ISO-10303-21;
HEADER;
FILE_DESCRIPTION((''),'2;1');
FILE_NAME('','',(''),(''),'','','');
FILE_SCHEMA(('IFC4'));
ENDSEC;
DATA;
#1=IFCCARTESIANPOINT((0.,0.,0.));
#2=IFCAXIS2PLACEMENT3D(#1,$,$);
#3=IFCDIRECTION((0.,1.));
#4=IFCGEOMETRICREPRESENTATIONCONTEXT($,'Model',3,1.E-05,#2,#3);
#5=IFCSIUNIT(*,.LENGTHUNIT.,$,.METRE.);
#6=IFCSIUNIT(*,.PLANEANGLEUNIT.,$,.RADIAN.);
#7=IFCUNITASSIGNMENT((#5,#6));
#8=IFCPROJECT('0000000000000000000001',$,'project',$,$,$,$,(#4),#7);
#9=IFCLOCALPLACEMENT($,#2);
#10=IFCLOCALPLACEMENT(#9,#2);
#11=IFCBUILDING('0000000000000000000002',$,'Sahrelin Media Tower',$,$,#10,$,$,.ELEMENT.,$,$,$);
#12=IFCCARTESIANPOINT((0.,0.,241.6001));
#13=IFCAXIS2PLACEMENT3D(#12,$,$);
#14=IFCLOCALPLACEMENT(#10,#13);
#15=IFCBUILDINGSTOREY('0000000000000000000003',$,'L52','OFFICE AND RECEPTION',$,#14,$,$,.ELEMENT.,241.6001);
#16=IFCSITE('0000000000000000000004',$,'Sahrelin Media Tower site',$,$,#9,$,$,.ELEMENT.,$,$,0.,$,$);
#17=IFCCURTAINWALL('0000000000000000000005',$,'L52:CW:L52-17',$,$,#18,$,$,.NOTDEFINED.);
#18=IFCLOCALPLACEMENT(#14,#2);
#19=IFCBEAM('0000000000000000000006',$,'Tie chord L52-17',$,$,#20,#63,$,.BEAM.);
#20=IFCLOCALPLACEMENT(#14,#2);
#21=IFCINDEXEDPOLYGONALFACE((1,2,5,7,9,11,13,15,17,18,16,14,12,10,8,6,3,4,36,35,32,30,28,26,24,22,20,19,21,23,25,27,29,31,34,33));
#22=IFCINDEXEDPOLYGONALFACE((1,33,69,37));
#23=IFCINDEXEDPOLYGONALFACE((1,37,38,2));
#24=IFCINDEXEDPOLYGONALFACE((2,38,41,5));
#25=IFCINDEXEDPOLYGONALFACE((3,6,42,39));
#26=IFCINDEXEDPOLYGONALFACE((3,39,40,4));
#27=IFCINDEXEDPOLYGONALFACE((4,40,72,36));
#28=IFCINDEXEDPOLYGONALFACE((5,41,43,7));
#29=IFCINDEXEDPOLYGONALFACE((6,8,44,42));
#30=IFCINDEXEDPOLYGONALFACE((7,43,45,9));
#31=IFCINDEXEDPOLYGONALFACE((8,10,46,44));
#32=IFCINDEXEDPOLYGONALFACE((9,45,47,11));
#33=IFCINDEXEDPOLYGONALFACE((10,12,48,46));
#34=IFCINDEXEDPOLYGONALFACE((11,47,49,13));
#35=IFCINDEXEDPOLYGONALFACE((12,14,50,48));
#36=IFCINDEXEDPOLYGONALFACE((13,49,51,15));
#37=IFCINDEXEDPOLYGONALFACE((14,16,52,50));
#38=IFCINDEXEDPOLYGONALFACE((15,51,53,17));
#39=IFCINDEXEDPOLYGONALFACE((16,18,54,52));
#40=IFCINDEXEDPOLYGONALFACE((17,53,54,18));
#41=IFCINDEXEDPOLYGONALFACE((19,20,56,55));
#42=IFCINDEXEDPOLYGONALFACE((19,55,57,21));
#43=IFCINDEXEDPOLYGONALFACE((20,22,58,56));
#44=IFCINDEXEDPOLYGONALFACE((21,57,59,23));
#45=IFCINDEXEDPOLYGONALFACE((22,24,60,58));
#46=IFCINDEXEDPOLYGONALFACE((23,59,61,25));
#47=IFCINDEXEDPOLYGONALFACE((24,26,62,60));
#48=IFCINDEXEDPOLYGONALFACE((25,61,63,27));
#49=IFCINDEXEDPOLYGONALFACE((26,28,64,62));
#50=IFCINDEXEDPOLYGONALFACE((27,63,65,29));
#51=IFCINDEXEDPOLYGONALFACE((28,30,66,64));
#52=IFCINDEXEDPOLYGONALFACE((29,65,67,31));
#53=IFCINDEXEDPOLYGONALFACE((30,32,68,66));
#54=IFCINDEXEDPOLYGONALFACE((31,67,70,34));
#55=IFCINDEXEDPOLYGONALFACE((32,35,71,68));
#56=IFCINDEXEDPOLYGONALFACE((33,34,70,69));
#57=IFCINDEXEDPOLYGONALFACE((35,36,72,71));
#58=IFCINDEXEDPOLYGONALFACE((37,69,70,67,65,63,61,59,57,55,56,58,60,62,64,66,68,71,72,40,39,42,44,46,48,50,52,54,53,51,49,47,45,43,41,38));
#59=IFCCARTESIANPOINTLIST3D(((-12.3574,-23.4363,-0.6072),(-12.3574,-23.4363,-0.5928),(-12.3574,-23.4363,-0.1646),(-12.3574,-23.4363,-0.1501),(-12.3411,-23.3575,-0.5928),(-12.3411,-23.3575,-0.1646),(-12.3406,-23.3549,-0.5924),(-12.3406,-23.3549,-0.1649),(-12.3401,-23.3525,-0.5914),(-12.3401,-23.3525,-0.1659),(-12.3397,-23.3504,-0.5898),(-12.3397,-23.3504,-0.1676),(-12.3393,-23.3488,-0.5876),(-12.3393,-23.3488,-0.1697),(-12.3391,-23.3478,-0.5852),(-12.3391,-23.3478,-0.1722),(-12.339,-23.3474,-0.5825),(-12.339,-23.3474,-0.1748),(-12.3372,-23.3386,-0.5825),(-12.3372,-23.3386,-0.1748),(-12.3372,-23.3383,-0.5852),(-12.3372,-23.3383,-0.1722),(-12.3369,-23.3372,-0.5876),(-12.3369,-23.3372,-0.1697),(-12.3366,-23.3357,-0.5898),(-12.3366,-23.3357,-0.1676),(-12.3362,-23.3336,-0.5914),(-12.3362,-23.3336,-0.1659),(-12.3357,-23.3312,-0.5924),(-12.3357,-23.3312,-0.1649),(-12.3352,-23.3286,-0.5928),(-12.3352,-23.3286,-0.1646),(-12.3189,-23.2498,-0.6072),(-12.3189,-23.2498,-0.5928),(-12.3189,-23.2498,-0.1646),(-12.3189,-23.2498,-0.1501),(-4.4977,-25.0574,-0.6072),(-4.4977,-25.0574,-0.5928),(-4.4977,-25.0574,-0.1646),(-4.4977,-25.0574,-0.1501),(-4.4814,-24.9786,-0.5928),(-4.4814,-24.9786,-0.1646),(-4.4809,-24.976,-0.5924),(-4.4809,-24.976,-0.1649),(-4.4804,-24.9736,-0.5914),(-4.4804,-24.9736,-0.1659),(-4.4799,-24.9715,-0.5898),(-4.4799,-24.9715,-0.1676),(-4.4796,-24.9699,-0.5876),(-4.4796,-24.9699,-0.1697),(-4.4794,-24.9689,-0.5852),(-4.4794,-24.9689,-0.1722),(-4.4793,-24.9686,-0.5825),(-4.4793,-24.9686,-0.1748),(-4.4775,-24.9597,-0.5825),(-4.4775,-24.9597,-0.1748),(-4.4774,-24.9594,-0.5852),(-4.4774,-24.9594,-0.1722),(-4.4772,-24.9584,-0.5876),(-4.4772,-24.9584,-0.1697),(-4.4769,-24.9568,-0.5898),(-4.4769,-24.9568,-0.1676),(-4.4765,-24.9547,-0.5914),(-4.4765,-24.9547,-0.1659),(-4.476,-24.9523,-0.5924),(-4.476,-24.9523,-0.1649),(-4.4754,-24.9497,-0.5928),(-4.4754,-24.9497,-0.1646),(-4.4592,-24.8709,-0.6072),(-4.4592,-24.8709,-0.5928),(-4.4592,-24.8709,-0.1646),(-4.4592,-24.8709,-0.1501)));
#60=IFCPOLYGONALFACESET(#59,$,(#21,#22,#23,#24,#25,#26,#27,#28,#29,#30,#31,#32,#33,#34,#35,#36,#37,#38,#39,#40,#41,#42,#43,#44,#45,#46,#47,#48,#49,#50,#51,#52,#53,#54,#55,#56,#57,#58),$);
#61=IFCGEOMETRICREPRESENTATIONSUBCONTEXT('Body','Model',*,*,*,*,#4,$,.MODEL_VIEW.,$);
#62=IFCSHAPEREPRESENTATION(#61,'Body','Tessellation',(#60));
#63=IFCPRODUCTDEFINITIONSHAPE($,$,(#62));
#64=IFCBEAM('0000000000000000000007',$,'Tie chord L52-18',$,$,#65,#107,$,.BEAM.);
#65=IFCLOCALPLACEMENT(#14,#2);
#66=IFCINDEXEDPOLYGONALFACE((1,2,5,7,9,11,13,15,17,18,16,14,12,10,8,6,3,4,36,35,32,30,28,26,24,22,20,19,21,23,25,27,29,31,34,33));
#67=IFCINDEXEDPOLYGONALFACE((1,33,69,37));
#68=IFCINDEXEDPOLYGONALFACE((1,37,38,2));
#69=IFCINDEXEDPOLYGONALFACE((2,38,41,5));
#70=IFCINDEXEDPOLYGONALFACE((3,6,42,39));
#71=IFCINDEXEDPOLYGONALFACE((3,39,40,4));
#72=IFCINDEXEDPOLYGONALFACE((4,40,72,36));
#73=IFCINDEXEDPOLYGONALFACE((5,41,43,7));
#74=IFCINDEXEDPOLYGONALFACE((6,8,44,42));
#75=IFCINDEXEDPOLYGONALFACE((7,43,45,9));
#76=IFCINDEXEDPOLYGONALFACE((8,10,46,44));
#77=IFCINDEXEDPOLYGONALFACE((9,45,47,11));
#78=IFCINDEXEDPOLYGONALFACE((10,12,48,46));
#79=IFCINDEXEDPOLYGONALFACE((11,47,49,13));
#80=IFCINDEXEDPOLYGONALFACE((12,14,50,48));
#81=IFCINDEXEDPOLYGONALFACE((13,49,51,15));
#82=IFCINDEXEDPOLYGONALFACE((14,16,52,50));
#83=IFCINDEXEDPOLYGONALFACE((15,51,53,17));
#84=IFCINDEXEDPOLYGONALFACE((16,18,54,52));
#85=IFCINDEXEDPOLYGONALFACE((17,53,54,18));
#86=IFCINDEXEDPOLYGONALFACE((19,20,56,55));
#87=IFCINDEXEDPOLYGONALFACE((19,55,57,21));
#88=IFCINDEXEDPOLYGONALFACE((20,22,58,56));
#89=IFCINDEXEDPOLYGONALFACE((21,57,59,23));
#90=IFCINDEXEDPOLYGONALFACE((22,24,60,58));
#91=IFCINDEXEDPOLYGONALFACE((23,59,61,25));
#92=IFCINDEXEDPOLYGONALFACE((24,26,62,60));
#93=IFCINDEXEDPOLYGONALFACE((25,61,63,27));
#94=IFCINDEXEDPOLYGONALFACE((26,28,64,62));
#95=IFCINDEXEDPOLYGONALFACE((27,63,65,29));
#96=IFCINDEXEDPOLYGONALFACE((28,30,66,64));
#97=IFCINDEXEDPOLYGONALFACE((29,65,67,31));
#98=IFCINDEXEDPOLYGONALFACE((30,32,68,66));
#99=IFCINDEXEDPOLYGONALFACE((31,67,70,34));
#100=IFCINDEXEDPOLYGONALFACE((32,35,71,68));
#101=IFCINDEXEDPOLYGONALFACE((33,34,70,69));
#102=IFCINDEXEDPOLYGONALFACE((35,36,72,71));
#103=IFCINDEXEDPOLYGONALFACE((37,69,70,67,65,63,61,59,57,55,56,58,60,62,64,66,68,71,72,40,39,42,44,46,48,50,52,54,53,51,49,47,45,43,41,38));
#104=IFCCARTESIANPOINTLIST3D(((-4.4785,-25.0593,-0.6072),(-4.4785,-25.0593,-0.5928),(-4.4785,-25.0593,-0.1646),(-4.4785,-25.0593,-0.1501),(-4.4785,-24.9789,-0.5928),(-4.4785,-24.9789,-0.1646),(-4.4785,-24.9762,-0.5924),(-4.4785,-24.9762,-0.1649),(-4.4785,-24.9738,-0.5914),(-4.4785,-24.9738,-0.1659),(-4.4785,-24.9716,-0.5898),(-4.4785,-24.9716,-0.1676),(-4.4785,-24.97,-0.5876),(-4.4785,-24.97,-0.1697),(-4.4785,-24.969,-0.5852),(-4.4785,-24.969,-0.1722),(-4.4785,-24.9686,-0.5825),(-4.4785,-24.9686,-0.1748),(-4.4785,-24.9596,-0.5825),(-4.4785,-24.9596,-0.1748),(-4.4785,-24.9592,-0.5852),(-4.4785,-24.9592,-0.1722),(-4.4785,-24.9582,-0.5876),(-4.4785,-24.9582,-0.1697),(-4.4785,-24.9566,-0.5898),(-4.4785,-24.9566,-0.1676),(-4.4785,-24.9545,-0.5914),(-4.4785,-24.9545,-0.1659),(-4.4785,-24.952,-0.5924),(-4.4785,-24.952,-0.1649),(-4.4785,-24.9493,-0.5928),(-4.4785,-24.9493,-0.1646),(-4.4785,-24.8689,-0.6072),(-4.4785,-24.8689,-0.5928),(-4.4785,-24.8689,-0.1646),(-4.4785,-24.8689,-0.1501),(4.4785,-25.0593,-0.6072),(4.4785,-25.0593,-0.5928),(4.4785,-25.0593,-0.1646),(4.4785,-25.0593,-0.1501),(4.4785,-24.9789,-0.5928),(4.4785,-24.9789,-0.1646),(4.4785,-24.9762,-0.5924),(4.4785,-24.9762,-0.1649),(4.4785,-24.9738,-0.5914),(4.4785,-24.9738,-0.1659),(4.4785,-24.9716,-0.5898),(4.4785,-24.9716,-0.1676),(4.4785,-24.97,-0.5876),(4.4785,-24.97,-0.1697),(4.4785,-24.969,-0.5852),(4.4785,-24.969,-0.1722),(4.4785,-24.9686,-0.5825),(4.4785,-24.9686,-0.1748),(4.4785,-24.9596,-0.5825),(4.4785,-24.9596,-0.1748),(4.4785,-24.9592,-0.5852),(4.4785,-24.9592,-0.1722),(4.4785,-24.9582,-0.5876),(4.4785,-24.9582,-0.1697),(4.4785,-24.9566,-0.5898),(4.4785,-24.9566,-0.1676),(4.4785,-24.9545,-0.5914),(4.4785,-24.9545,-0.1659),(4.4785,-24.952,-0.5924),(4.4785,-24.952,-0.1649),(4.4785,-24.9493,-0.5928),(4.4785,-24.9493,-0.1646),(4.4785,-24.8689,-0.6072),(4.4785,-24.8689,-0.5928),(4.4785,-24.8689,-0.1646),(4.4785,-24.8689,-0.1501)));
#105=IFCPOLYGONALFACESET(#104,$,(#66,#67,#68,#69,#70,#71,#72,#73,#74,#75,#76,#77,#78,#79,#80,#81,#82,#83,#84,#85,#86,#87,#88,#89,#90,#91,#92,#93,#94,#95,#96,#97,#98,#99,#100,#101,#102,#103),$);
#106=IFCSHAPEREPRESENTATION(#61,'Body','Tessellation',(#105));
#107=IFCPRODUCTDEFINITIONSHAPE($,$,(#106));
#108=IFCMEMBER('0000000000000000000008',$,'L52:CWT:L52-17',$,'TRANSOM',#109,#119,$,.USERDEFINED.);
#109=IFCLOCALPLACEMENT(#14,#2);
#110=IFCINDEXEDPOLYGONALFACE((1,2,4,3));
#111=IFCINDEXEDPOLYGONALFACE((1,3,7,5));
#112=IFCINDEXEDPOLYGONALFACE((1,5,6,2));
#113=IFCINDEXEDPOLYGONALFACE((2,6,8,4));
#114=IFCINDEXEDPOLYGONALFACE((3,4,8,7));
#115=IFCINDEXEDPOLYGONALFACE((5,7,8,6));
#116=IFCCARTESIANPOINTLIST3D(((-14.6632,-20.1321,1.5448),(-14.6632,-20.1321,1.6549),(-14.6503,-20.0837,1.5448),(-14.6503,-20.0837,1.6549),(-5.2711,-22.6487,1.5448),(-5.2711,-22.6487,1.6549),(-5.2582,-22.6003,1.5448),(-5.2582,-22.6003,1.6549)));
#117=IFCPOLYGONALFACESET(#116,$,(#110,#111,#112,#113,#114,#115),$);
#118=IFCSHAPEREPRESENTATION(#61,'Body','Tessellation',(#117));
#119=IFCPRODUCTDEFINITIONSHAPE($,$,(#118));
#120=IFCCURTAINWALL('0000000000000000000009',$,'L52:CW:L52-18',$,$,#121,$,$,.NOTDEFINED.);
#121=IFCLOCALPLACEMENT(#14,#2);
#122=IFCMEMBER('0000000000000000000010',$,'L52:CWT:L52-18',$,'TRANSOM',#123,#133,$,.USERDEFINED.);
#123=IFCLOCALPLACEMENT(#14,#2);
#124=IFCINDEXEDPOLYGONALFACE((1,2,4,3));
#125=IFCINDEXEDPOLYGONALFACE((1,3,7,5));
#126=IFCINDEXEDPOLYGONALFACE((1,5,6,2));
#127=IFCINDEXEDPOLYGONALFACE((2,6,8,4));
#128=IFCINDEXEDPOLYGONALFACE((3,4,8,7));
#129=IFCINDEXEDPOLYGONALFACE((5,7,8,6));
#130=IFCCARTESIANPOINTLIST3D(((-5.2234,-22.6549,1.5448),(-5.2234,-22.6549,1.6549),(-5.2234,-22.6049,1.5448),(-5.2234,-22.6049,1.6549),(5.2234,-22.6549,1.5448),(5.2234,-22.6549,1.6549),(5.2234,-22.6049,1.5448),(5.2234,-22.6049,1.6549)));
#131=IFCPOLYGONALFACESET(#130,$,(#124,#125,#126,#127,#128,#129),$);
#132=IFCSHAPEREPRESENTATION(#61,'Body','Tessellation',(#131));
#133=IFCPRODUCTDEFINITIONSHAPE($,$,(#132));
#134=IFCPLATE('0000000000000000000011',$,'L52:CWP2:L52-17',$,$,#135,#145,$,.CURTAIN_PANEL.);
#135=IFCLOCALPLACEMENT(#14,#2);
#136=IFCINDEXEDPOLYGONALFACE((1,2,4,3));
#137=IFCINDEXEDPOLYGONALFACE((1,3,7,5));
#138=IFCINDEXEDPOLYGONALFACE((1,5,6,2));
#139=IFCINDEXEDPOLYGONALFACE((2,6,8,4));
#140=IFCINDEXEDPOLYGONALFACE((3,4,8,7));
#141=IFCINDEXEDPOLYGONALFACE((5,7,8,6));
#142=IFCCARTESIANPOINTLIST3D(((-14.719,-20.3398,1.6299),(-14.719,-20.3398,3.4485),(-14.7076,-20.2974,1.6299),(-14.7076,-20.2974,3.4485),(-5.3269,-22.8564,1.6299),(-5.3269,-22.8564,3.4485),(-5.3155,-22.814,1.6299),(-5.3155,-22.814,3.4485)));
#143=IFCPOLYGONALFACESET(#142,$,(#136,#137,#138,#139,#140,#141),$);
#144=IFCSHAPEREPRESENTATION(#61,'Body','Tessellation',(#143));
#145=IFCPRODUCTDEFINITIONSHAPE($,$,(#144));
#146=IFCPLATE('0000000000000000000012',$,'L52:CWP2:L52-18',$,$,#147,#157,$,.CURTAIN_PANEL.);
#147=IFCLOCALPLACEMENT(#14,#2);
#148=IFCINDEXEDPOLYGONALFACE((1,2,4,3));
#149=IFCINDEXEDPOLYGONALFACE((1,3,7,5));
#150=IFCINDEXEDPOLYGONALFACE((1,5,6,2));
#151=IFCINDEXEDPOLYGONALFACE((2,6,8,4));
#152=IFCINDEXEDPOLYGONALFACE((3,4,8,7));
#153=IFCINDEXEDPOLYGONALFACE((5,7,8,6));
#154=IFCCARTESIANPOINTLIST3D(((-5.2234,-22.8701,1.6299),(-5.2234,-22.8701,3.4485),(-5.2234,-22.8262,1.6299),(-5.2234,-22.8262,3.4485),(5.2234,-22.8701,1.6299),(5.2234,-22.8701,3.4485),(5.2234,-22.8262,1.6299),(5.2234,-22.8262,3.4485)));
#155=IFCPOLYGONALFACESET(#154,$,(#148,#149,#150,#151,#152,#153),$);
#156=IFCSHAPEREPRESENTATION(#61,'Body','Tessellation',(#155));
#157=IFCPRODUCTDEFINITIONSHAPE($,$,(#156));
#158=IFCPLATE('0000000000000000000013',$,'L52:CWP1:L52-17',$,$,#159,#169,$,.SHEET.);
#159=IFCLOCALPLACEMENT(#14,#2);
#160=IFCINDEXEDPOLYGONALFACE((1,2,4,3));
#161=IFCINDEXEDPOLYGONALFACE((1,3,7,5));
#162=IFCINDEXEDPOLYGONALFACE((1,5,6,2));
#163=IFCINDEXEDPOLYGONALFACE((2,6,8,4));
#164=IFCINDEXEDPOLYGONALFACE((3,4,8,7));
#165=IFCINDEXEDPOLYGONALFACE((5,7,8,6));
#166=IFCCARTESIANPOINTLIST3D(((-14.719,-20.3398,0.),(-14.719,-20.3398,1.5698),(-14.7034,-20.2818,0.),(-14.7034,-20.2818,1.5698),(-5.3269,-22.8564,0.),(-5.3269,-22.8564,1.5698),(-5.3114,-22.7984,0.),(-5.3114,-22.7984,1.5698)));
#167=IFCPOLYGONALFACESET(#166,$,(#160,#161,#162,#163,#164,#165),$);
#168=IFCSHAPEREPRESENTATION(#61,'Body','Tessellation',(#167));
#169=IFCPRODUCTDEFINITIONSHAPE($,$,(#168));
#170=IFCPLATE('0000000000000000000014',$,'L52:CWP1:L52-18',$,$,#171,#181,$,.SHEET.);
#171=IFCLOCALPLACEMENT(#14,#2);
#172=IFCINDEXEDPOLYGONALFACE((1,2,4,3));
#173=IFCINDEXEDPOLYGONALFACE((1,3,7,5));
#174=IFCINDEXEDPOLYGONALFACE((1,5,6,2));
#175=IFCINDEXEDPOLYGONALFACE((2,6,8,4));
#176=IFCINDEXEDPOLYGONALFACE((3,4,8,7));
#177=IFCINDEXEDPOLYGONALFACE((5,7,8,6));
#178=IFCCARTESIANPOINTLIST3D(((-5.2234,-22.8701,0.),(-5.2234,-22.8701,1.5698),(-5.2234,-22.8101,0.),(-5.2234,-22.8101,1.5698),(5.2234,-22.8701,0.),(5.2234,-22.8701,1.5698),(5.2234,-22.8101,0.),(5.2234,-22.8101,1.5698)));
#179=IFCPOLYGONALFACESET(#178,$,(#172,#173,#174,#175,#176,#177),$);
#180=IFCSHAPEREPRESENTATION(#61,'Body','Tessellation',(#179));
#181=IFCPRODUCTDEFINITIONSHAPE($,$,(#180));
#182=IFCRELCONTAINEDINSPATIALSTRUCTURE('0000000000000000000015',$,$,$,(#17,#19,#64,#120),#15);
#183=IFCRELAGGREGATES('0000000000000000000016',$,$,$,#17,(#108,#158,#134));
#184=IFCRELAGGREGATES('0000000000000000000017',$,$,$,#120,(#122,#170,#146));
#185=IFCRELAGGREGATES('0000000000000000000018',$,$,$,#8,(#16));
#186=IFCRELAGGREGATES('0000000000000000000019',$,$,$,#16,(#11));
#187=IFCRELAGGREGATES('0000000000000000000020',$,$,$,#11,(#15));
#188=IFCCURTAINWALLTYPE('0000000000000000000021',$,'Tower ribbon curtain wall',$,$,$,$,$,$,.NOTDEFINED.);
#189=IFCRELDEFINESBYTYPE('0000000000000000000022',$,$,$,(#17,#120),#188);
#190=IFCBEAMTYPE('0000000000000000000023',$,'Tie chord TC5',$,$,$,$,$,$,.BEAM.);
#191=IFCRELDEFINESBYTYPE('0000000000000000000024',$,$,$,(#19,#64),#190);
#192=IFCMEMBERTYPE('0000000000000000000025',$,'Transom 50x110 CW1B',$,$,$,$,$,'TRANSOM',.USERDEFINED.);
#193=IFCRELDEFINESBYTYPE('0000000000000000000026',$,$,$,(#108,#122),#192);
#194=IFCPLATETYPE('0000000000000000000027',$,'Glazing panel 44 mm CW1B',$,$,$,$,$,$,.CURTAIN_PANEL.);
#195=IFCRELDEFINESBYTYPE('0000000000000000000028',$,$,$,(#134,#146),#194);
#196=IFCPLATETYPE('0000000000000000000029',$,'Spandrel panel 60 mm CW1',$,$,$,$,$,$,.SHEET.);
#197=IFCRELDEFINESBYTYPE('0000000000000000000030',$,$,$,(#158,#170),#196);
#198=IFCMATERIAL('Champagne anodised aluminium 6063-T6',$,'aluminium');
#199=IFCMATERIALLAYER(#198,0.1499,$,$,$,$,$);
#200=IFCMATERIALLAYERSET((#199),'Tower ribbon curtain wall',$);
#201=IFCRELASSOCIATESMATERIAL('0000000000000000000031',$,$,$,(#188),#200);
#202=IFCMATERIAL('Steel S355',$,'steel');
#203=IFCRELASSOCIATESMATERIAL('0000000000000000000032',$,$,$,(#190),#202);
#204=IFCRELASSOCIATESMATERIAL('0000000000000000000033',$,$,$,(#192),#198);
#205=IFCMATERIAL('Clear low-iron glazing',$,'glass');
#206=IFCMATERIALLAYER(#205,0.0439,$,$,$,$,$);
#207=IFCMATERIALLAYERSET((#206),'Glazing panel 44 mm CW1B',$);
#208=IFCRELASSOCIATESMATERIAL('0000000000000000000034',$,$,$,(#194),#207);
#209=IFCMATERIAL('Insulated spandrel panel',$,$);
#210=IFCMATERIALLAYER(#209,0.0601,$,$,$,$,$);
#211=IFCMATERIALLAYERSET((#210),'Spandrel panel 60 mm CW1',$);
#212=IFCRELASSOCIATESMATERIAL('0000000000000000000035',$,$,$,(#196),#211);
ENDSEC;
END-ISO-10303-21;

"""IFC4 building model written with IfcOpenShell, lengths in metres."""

from ifc_helpers import new_model, si_unit, direction, frame, origin, origin_2d, place, context, subcontext, project, spatial, polyline, rectangle, i_section, outline, extrude, material, layer, layer_set, material_profile, profile_set, type_object, element, aggregate, save


model = new_model("IFC4")

# Units and contexts
model_context = context("Model", 3, precision=1e-05, world=origin(), true_north=direction((0.0, 1.0)))
body_context = subcontext(model_context, "Body", "Model", "MODEL_VIEW")
ifc_project = project(units=[si_unit("LENGTHUNIT", "METRE"), si_unit("PLANEANGLEUNIT", "RADIAN")], contexts=[model_context])

# Site, building, storey
site_placement = place(None, origin())
site = spatial("IfcSite", under=ifc_project, at=site_placement, Name="Sahrelin Media Tower site", CompositionType="ELEMENT", RefElevation=0.0)
building_placement = place(site_placement, origin())
building = spatial("IfcBuilding", under=site, at=building_placement, Name="Sahrelin Media Tower", CompositionType="ELEMENT")
storey_placement = place(building_placement, frame((0.0, 0.0, 241.6001)))
storey = spatial("IfcBuildingStorey", under=building, at=storey_placement, Name="L52", Description="OFFICE AND RECEPTION", CompositionType="ELEMENT", Elevation=241.6001)

# Shared definitions
ifc_material_1 = material(Name="Steel S355", Category="steel")

# Curtain wall
ifc_material_2 = material(Name="Champagne anodised aluminium 6063-T6", Category="aluminium")
ifc_layer_1 = layer(ifc_material_2, 0.1499)
ifc_layer_set_1 = layer_set([ifc_layer_1], Name="Tower ribbon curtain wall")
curtain_wall_type = type_object("IfcCurtainWallType", Name="Tower ribbon curtain wall", PredefinedType="NOTDEFINED", material=ifc_layer_set_1)
curtain_wall_1_placement = place(storey_placement, frame((-10.0176, -21.5786, 0.0), z_axis=(0.0, 0.0, 1.0), x_axis=(1.0, 0.0, 0.0)))
curtain_wall_1 = element("IfcCurtainWall", 1, at=curtain_wall_1_placement, inside=storey, type_object=curtain_wall_type, Name="L52:CW:L52-17", PredefinedType="NOTDEFINED")

# Beams
ifc_material_profile_1 = material_profile(ifc_material_1, i_section(OverallWidth=0.1904, OverallDepth=0.457, WebThickness=0.009, FlangeThickness=0.0144, FilletRadius=0.0103, at=origin_2d()), Name="UB 457x191x74")
ifc_profile_set_1 = profile_set([ifc_material_profile_1], Name="Steel S355")
beam_type_1 = type_object("IfcBeamType", Name="Tie chord TC5", PredefinedType="BEAM", material=ifc_profile_set_1)
beam_1_placement = place(storey_placement, frame((-12.3381, -23.343, -0.3787), z_axis=(0.979385, -0.202004, 0.0), x_axis=(0.202004, 0.979385, 0.0)))
element("IfcBeam", 2, at=beam_1_placement, inside=storey, type_object=beam_type_1, Name="Tie chord L52-17", PredefinedType="BEAM", context=body_context, shape_type="SweptSolid", body=[
    extrude(i_section(OverallWidth=0.1904, OverallDepth=0.457, WebThickness=0.009, FlangeThickness=0.0144, FilletRadius=0.0103, at=origin_2d()), origin(), (0.0, 0.0, 1.0), 8.0251),
])
beam_2_placement = place(storey_placement, frame((-4.4785, -24.9641, -0.3787), z_axis=(1.0, 0.0, 0.0), x_axis=(0.0, 1.0, 0.0)))
element("IfcBeam", 3, at=beam_2_placement, inside=storey, type_object=beam_type_1, Name="Tie chord L52-18", PredefinedType="BEAM", context=body_context, shape_type="SweptSolid", body=[
    extrude(i_section(OverallWidth=0.1904, OverallDepth=0.457, WebThickness=0.009, FlangeThickness=0.0144, FilletRadius=0.0103, at=origin_2d()), origin(), (0.0, 0.0, 1.0), 8.957),
])

# Member
ifc_material_profile_2 = material_profile(ifc_material_2, rectangle(XDim=0.05, YDim=0.1101, at=origin_2d()), Name="Transom 50x110")
ifc_profile_set_2 = profile_set([ifc_material_profile_2], Name="Champagne anodised aluminium 6063-T6")
member_type_1 = type_object("IfcMemberType", Name="Transom 50x110 CW1B", ElementType="TRANSOM", PredefinedType="USERDEFINED", material=ifc_profile_set_2)
member_1_placement = place(storey_placement, frame((-14.6567, -20.1079, 1.5999), z_axis=(0.965926, -0.258819, 0.0), x_axis=(0.258819, 0.965926, 0.0)))
member_1 = element("IfcMember", 4, at=member_1_placement, type_object=member_type_1, Name="L52:CWT:L52-17", ObjectType="TRANSOM", PredefinedType="USERDEFINED", context=body_context, shape_type="SweptSolid", body=[
    extrude(rectangle(XDim=0.05, YDim=0.1101, at=origin_2d()), origin(), (0.0, 0.0, 1.0), 9.7234),
])

# Curtain wall, member
curtain_wall_2_placement = place(storey_placement, frame((0.0, -22.8501, 0.0), z_axis=(0.0, 0.0, 1.0), x_axis=(1.0, 0.0, 0.0)))
curtain_wall_2 = element("IfcCurtainWall", 5, at=curtain_wall_2_placement, inside=storey, type_object=curtain_wall_type, Name="L52:CW:L52-18", PredefinedType="NOTDEFINED")
member_2_placement = place(storey_placement, frame((-5.2234, -22.6299, 1.5999), z_axis=(1.0, 0.0, 0.0), x_axis=(0.0, 1.0, 0.0)))
member_2 = element("IfcMember", 6, at=member_2_placement, type_object=member_type_1, Name="L52:CWT:L52-18", ObjectType="TRANSOM", PredefinedType="USERDEFINED", context=body_context, shape_type="SweptSolid", body=[
    extrude(rectangle(XDim=0.05, YDim=0.1101, at=origin_2d()), origin(), (0.0, 0.0, 1.0), 10.4468),
])

# Plates
ifc_material_3 = material(Name="Clear low-iron glazing", Category="glass")
ifc_layer_2 = layer(ifc_material_3, 0.0439)
ifc_layer_set_2 = layer_set([ifc_layer_2], Name="Glazing panel 44 mm CW1B")
plate_type_1 = type_object("IfcPlateType", Name="Glazing panel 44 mm CW1B", PredefinedType="CURTAIN_PANEL", material=ifc_layer_set_2)
plate_1_placement = place(storey_placement, frame((-14.719, -20.3398, 1.6299), z_axis=(-0.258819, -0.965926, 0.0), x_axis=(0.965926, -0.258819, 0.0)))
plate_1 = element("IfcPlate", 7, at=plate_1_placement, type_object=plate_type_1, Name="L52:CWP2:L52-17", PredefinedType="CURTAIN_PANEL", context=body_context, shape_type="SweptSolid", body=[
    extrude(outline(polyline([(0.0, 0.0), (9.7234, 0.0), (9.7234, 1.8186), (0.0, 1.8186), (0.0, 0.0)])), origin(), (0.0, 0.0, -1.0), 0.0439),
])
plate_2_placement = place(storey_placement, frame((-5.2234, -22.8701, 1.6299), z_axis=(0.0, -1.0, 0.0), x_axis=(1.0, 0.0, 0.0)))
plate_2 = element("IfcPlate", 8, at=plate_2_placement, type_object=plate_type_1, Name="L52:CWP2:L52-18", PredefinedType="CURTAIN_PANEL", context=body_context, shape_type="SweptSolid", body=[
    extrude(outline(polyline([(0.0, 0.0), (10.4468, 0.0), (10.4468, 1.8186), (0.0, 1.8186), (0.0, 0.0)])), origin(), (0.0, 0.0, -1.0), 0.0439),
])
ifc_material_4 = material(Name="Insulated spandrel panel")
ifc_layer_3 = layer(ifc_material_4, 0.0601)
ifc_layer_set_3 = layer_set([ifc_layer_3], Name="Spandrel panel 60 mm CW1")
plate_type_2 = type_object("IfcPlateType", Name="Spandrel panel 60 mm CW1", PredefinedType="SHEET", material=ifc_layer_set_3)
plate_3_placement = place(storey_placement, frame((-14.719, -20.3398, 0.0), z_axis=(-0.258819, -0.965926, 0.0), x_axis=(0.965926, -0.258819, 0.0)))
plate_3 = element("IfcPlate", 9, at=plate_3_placement, type_object=plate_type_2, Name="L52:CWP1:L52-17", PredefinedType="SHEET", context=body_context, shape_type="SweptSolid", body=[
    extrude(outline(polyline([(0.0, 0.0), (9.7234, 0.0), (9.7234, 1.5698), (0.0, 1.5698), (0.0, 0.0)])), origin(), (0.0, 0.0, -1.0), 0.0601),
])
aggregate(curtain_wall_1, [member_1, plate_3, plate_1])
plate_4_placement = place(storey_placement, frame((-5.2234, -22.8701, 0.0), z_axis=(0.0, -1.0, 0.0), x_axis=(1.0, 0.0, 0.0)))
plate_4 = element("IfcPlate", 10, at=plate_4_placement, type_object=plate_type_2, Name="L52:CWP1:L52-18", PredefinedType="SHEET", context=body_context, shape_type="SweptSolid", body=[
    extrude(outline(polyline([(0.0, 0.0), (10.4468, 0.0), (10.4468, 1.5698), (0.0, 1.5698), (0.0, 0.0)])), origin(), (0.0, 0.0, -1.0), 0.0601),
])
aggregate(curtain_wall_2, [member_2, plate_4, plate_2])

save(model, "model.ifc")
